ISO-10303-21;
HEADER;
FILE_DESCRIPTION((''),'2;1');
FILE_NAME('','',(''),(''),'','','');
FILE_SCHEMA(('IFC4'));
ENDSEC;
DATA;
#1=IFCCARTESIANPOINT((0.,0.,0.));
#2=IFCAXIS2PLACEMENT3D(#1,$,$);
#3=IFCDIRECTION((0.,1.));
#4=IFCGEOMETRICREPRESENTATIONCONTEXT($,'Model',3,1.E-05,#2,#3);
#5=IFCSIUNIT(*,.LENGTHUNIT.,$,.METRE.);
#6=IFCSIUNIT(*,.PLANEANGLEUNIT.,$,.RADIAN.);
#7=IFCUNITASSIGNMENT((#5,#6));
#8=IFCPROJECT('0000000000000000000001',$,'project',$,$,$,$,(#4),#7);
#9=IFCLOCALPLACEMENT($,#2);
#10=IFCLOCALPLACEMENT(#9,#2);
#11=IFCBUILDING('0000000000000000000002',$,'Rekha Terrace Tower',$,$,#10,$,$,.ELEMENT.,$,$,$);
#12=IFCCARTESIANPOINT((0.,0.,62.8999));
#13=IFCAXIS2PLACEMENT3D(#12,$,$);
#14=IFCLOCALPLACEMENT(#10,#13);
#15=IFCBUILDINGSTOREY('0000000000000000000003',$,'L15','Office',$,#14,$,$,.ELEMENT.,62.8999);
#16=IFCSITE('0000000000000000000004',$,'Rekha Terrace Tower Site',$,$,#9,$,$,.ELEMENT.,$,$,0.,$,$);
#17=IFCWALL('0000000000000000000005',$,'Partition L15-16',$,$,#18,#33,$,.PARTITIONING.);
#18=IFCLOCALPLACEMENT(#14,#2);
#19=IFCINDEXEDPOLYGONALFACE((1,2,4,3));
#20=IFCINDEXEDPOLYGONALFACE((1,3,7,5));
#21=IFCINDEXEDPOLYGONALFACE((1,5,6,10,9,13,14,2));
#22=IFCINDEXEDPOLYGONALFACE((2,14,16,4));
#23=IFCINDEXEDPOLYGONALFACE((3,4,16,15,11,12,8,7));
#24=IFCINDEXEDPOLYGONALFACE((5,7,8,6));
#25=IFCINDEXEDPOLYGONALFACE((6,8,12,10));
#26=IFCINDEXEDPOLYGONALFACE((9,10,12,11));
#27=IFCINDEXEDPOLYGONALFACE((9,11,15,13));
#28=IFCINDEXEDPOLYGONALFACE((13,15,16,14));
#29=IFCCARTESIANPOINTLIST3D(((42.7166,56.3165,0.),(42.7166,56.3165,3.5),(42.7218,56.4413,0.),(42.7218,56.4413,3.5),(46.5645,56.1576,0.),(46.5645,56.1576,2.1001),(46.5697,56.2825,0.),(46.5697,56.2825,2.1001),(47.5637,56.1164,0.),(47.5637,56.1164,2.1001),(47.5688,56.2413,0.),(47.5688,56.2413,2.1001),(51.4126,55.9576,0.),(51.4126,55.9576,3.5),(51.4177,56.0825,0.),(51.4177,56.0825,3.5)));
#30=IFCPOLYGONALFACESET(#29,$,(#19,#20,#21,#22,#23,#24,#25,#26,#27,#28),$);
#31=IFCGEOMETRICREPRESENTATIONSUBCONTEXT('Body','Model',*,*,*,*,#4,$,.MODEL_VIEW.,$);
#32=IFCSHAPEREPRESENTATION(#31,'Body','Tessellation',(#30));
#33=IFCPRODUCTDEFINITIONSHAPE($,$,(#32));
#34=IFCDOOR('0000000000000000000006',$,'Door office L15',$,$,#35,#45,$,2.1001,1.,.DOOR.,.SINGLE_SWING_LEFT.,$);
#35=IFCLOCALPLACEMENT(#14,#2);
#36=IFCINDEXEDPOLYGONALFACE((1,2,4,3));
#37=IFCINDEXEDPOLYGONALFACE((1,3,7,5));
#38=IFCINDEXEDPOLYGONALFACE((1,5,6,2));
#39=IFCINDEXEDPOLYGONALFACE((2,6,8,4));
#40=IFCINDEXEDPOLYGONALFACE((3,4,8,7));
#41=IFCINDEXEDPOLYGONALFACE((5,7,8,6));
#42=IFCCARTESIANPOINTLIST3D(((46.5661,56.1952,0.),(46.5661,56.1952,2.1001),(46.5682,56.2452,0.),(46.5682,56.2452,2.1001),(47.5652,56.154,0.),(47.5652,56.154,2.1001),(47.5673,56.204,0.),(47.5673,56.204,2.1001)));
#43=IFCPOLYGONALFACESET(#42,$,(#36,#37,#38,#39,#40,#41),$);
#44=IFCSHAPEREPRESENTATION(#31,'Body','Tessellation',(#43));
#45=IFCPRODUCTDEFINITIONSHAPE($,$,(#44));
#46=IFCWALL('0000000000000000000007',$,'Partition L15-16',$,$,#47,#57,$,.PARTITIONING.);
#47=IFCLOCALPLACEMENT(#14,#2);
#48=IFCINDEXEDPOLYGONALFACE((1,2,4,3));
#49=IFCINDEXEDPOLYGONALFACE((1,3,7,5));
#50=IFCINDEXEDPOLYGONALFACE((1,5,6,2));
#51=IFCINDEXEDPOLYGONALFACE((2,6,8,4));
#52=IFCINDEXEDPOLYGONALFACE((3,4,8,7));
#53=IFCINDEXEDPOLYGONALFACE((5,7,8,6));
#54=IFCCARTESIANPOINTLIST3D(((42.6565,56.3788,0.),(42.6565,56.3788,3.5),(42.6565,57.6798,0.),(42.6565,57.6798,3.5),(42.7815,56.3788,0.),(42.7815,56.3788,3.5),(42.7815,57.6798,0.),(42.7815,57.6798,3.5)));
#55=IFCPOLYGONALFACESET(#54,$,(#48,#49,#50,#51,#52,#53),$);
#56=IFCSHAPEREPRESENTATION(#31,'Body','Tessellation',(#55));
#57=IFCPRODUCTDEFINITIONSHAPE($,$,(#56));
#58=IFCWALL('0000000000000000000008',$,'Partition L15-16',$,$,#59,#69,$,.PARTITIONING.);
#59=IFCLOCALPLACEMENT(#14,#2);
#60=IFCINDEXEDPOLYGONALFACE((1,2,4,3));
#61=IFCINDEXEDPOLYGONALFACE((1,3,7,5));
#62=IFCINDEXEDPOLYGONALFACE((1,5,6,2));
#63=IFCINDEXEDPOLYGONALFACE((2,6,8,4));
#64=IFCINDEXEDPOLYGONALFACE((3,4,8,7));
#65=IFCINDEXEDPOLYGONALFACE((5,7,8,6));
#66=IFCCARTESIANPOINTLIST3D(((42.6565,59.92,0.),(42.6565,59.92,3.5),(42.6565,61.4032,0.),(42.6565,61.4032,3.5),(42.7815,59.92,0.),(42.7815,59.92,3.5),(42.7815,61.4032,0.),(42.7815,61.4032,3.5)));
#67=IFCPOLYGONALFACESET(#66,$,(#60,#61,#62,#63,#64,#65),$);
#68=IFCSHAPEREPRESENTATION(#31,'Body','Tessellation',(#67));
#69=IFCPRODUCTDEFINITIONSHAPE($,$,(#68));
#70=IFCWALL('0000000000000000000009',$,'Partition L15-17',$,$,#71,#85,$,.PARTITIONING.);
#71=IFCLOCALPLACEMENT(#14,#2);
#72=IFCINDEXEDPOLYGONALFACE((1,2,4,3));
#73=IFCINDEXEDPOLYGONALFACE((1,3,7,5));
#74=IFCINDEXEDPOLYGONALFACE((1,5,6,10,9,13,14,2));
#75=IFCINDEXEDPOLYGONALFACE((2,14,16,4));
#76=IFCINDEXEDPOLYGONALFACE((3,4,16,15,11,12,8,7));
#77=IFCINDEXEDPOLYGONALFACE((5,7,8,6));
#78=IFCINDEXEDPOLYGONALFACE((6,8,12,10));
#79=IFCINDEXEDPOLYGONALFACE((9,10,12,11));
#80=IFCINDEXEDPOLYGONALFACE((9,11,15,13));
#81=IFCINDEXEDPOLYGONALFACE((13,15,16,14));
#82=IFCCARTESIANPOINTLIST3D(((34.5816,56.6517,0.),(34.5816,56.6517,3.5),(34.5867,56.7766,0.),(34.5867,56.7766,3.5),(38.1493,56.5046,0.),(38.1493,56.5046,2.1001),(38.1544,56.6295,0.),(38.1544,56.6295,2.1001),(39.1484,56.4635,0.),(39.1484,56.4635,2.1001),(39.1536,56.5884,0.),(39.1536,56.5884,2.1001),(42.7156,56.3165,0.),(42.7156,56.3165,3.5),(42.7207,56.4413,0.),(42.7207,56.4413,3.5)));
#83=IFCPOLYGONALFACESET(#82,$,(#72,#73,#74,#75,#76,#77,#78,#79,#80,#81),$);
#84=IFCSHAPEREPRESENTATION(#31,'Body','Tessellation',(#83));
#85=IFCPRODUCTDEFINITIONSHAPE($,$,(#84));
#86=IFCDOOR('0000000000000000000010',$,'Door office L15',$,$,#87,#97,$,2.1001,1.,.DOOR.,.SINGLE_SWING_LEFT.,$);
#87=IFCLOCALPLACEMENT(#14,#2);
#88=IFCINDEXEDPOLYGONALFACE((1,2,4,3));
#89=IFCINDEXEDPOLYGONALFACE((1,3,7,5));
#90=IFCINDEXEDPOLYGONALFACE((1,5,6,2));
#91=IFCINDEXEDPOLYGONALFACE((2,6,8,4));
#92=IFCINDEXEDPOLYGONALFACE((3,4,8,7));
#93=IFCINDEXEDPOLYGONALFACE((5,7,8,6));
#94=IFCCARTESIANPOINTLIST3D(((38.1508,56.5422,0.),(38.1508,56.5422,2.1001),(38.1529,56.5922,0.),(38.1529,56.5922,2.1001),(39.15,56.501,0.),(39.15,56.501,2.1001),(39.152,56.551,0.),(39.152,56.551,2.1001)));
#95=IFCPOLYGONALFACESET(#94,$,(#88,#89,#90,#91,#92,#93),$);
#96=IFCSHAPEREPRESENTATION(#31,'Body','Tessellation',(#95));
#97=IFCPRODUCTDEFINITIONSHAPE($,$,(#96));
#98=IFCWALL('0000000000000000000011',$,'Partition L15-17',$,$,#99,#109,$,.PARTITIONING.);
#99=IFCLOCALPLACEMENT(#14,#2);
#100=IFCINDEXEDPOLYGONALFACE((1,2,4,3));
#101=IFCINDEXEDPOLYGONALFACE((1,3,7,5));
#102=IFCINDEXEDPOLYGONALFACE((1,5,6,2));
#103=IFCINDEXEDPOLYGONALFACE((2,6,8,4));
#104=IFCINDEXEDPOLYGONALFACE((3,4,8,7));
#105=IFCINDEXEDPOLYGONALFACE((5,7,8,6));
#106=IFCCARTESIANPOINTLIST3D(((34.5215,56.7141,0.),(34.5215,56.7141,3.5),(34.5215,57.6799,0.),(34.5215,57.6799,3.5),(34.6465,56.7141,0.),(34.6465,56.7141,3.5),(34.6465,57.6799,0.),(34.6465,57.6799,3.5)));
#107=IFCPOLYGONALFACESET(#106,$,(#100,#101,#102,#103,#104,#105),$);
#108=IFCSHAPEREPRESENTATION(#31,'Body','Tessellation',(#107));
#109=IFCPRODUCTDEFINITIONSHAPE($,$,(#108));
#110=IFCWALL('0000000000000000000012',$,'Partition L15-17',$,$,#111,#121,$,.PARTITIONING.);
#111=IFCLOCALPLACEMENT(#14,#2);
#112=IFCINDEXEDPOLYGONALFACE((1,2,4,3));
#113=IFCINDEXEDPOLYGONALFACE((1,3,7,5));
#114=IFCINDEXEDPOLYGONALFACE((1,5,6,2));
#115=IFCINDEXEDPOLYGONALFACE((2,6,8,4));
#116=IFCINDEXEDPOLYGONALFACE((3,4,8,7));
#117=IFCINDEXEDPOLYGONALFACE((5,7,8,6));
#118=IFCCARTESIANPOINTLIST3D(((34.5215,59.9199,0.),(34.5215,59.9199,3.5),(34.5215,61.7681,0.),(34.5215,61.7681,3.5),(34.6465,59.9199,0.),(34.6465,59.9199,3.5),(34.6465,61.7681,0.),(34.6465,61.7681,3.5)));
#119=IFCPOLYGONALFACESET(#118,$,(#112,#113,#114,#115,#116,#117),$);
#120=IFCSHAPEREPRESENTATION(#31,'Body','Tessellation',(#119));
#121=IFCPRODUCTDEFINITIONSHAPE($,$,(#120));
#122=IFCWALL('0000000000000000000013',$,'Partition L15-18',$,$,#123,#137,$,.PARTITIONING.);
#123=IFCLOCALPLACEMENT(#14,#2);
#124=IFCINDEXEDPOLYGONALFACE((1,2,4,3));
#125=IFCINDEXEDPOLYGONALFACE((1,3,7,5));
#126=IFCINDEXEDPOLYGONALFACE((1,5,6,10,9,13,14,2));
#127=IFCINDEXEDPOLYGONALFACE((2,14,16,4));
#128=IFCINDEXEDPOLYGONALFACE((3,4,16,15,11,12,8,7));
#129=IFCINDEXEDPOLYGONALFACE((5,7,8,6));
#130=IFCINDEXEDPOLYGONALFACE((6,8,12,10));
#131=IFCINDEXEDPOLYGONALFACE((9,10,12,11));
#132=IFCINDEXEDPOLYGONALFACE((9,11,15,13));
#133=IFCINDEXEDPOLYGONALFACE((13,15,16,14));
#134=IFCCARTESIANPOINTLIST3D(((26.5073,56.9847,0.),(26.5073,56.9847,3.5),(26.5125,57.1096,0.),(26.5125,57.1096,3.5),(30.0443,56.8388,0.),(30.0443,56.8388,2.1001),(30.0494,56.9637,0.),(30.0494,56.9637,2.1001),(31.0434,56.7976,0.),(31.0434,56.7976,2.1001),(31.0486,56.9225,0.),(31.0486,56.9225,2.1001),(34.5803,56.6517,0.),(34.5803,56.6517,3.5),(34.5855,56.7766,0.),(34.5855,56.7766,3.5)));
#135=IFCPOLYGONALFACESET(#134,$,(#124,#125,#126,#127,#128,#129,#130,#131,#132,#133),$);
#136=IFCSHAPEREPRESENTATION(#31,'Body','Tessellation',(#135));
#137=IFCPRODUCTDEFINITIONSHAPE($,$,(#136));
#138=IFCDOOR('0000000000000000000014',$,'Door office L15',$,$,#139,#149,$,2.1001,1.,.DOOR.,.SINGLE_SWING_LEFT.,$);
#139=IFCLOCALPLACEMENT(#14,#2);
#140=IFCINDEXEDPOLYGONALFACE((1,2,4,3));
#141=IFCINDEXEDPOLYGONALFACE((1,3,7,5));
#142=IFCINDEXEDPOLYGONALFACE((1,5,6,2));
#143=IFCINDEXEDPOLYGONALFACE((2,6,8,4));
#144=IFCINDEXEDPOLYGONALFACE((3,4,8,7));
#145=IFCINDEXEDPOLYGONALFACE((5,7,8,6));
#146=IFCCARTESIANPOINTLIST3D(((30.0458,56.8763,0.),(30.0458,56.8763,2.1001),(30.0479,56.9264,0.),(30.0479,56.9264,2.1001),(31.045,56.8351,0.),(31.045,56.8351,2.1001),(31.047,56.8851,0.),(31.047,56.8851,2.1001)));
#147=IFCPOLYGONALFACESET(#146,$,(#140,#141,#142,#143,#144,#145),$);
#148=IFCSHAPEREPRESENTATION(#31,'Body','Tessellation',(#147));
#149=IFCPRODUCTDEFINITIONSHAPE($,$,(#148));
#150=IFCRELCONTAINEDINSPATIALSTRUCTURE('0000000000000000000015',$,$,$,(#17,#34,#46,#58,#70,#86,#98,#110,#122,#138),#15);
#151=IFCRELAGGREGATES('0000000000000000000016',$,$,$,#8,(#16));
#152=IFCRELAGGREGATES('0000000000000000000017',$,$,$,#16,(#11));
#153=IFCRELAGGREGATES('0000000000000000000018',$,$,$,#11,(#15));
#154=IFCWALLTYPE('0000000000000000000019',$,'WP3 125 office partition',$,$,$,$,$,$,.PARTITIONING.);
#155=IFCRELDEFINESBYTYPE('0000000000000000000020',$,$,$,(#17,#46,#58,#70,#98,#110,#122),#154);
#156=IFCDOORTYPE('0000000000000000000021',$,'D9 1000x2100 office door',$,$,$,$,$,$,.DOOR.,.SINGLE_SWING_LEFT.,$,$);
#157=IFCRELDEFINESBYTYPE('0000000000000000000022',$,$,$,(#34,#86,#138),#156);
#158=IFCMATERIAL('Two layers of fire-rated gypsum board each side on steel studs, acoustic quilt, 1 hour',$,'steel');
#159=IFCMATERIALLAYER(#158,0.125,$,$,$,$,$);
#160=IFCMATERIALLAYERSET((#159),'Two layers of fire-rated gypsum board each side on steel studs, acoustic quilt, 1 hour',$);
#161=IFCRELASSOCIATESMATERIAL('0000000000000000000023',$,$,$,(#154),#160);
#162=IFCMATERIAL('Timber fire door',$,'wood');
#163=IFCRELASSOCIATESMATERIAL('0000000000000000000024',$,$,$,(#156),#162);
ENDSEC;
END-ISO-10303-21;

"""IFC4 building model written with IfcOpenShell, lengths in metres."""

from ifc_helpers import new_model, si_unit, direction, frame, frame_2d, origin, place, context, subcontext, project, spatial, rectangle, extrude, material, layer, layer_set, type_object, element, fill, save


model = new_model("IFC4")

# Units and contexts
model_context = context("Model", 3, precision=1e-05, world=origin(), true_north=direction((0.0, 1.0)))
body_context = subcontext(model_context, "Body", "Model", "MODEL_VIEW")
ifc_project = project(units=[si_unit("LENGTHUNIT", "METRE"), si_unit("PLANEANGLEUNIT", "RADIAN")], contexts=[model_context])

# Site, building, storey
site_placement = place(None, origin())
site = spatial("IfcSite", under=ifc_project, at=site_placement, Name="Rekha Terrace Tower Site", CompositionType="ELEMENT", RefElevation=0.0)
building_placement = place(site_placement, origin())
building = spatial("IfcBuilding", under=site, at=building_placement, Name="Rekha Terrace Tower", CompositionType="ELEMENT")
storey_placement = place(building_placement, frame((0.0, 0.0, 62.8999)))
storey = spatial("IfcBuildingStorey", under=building, at=storey_placement, Name="L15", Description="Office", CompositionType="ELEMENT", Elevation=62.8999)

# Wall, opening, door
ifc_material_1 = material(Name="Two layers of fire-rated gypsum board each side on steel studs, acoustic quilt, 1 hour", Category="steel")
ifc_layer_1 = layer(ifc_material_1, 0.125)
ifc_layer_set_1 = layer_set([ifc_layer_1], Name="Two layers of fire-rated gypsum board each side on steel studs, acoustic quilt, 1 hour")
wall_type_1 = type_object("IfcWallType", Name="WP3 125 office partition", PredefinedType="PARTITIONING", material=ifc_layer_set_1)
wall_1_placement = place(storey_placement, frame((51.415, 56.02, 0.0), z_axis=(0.0, 0.0, 1.0), x_axis=(-0.999149, 0.041235, 0.0)))
wall_1 = element("IfcWall", 1, at=wall_1_placement, inside=storey, type_object=wall_type_1, Name="Partition L15-16", PredefinedType="PARTITIONING", context=body_context, shape_type="SweptSolid", body=[
    extrude(rectangle(XDim=8.7034, YDim=0.125, at=frame_2d((4.3516, 0.0))), origin(), (0.0, 0.0, 1.0), 3.5),
])
opening_1_placement = place(wall_1_placement, frame((3.8521, 0.0, 0.0)))
opening_1 = element("IfcOpeningElement", 2, at=opening_1_placement, cuts=wall_1, PredefinedType="OPENING", context=body_context, shape_type="SweptSolid", body=[
    extrude(rectangle(XDim=1.0, YDim=2.1001, at=frame_2d((0.5, 1.05))), frame((0.0, 0.0725, 0.0), z_axis=(0.0, -1.0, 0.0), x_axis=(1.0, 0.0, 0.0)), (0.0, 0.0, 1.0), 0.145),
])
ifc_material_2 = material(Name="Timber fire door", Category="wood")
door_type_1 = type_object("IfcDoorType", Name="D9 1000x2100 office door", OperationType="SINGLE_SWING_LEFT", PredefinedType="DOOR", material=ifc_material_2)
door_1_placement = place(opening_1_placement, origin())
door_1 = element("IfcDoor", 3, at=door_1_placement, inside=storey, type_object=door_type_1, Name="Door office L15", OperationType="SINGLE_SWING_LEFT", OverallHeight=2.1001, OverallWidth=1.0, PredefinedType="DOOR", context=body_context, shape_type="SweptSolid", body=[
    extrude(rectangle(XDim=1.0, YDim=2.1001, at=frame_2d((0.5, 1.05))), frame((0.0, 0.0249, 0.0), z_axis=(0.0, -1.0, 0.0), x_axis=(1.0, 0.0, 0.0)), (0.0, 0.0, 1.0), 0.05),
])
fill(opening_1, door_1)

# Walls
wall_2_placement = place(storey_placement, frame((42.719, 56.3789, 0.0), z_axis=(0.0, 0.0, 1.0), x_axis=(0.0, 1.0, 0.0)))
element("IfcWall", 4, at=wall_2_placement, inside=storey, type_object=wall_type_1, Name="Partition L15-16", PredefinedType="PARTITIONING", context=body_context, shape_type="SweptSolid", body=[
    extrude(rectangle(XDim=1.301, YDim=0.125, at=frame_2d((0.6504, 0.0))), origin(), (0.0, 0.0, 1.0), 3.5),
])
wall_3_placement = place(storey_placement, frame((42.719, 59.9199, 0.0), z_axis=(0.0, 0.0, 1.0), x_axis=(0.0, 1.0, 0.0)))
element("IfcWall", 5, at=wall_3_placement, inside=storey, type_object=wall_type_1, Name="Partition L15-16", PredefinedType="PARTITIONING", context=body_context, shape_type="SweptSolid", body=[
    extrude(rectangle(XDim=1.4832, YDim=0.125, at=frame_2d((0.7417, 0.0))), origin(), (0.0, 0.0, 1.0), 3.5),
])

# Wall, opening, door
wall_4_placement = place(storey_placement, frame((42.718, 56.3789, 0.0), z_axis=(0.0, 0.0, 1.0), x_axis=(-0.999152, 0.041175, 0.0)))
wall_4 = element("IfcWall", 6, at=wall_4_placement, inside=storey, type_object=wall_type_1, Name="Partition L15-17", PredefinedType="PARTITIONING", context=body_context, shape_type="SweptSolid", body=[
    extrude(rectangle(XDim=8.1409, YDim=0.125, at=frame_2d((4.0703, 0.0))), origin(), (0.0, 0.0, 1.0), 3.5),
])
opening_2_placement = place(wall_4_placement, frame((3.5701, 0.0, 0.0)))
opening_2 = element("IfcOpeningElement", 7, at=opening_2_placement, cuts=wall_4, PredefinedType="OPENING", context=body_context, shape_type="SweptSolid", body=[
    extrude(rectangle(XDim=1.0, YDim=2.1001, at=frame_2d((0.5, 1.05))), frame((0.0, 0.0725, 0.0), z_axis=(0.0, -1.0, 0.0), x_axis=(1.0, 0.0, 0.0)), (0.0, 0.0, 1.0), 0.145),
])
door_2_placement = place(opening_2_placement, origin())
door_2 = element("IfcDoor", 8, at=door_2_placement, inside=storey, type_object=door_type_1, Name="Door office L15", OperationType="SINGLE_SWING_LEFT", OverallHeight=2.1001, OverallWidth=1.0, PredefinedType="DOOR", context=body_context, shape_type="SweptSolid", body=[
    extrude(rectangle(XDim=1.0, YDim=2.1001, at=frame_2d((0.5, 1.05))), frame((0.0, 0.0249, 0.0), z_axis=(0.0, -1.0, 0.0), x_axis=(1.0, 0.0, 0.0)), (0.0, 0.0, 1.0), 0.05),
])
fill(opening_2, door_2)

# Walls
wall_5_placement = place(storey_placement, frame((34.584, 56.7141, 0.0), z_axis=(0.0, 0.0, 1.0), x_axis=(0.0, 1.0, 0.0)))
element("IfcWall", 9, at=wall_5_placement, inside=storey, type_object=wall_type_1, Name="Partition L15-17", PredefinedType="PARTITIONING", context=body_context, shape_type="SweptSolid", body=[
    extrude(rectangle(XDim=0.9658, YDim=0.125, at=frame_2d((0.4829, 0.0))), origin(), (0.0, 0.0, 1.0), 3.5),
])
wall_6_placement = place(storey_placement, frame((34.584, 59.9199, 0.0), z_axis=(0.0, 0.0, 1.0), x_axis=(0.0, 1.0, 0.0)))
element("IfcWall", 10, at=wall_6_placement, inside=storey, type_object=wall_type_1, Name="Partition L15-17", PredefinedType="PARTITIONING", context=body_context, shape_type="SweptSolid", body=[
    extrude(rectangle(XDim=1.8481, YDim=0.125, at=frame_2d((0.9241, 0.0))), origin(), (0.0, 0.0, 1.0), 3.5),
])

# Wall, opening, door
wall_7_placement = place(storey_placement, frame((34.583, 56.7141, 0.0), z_axis=(0.0, 0.0, 1.0), x_axis=(-0.99915, 0.041215, 0.0)))
wall_7 = element("IfcWall", 11, at=wall_7_placement, inside=storey, type_object=wall_type_1, Name="Partition L15-18", PredefinedType="PARTITIONING", context=body_context, shape_type="SweptSolid", body=[
    extrude(rectangle(XDim=8.0798, YDim=0.125, at=frame_2d((4.04, 0.0))), origin(), (0.0, 0.0, 1.0), 3.5),
])
opening_3_placement = place(wall_7_placement, frame((3.54, 0.0, 0.0)))
opening_3 = element("IfcOpeningElement", 12, at=opening_3_placement, cuts=wall_7, PredefinedType="OPENING", context=body_context, shape_type="SweptSolid", body=[
    extrude(rectangle(XDim=1.0, YDim=2.1001, at=frame_2d((0.5, 1.05))), frame((0.0, 0.0725, 0.0), z_axis=(0.0, -1.0, 0.0), x_axis=(1.0, 0.0, 0.0)), (0.0, 0.0, 1.0), 0.145),
])
door_3_placement = place(opening_3_placement, origin())
door_3 = element("IfcDoor", 13, at=door_3_placement, inside=storey, type_object=door_type_1, Name="Door office L15", OperationType="SINGLE_SWING_LEFT", OverallHeight=2.1001, OverallWidth=1.0, PredefinedType="DOOR", context=body_context, shape_type="SweptSolid", body=[
    extrude(rectangle(XDim=1.0, YDim=2.1001, at=frame_2d((0.5, 1.05))), frame((0.0, 0.0249, 0.0), z_axis=(0.0, -1.0, 0.0), x_axis=(1.0, 0.0, 0.0)), (0.0, 0.0, 1.0), 0.05),
])
fill(opening_3, door_3)

save(model, "model.ifc")
